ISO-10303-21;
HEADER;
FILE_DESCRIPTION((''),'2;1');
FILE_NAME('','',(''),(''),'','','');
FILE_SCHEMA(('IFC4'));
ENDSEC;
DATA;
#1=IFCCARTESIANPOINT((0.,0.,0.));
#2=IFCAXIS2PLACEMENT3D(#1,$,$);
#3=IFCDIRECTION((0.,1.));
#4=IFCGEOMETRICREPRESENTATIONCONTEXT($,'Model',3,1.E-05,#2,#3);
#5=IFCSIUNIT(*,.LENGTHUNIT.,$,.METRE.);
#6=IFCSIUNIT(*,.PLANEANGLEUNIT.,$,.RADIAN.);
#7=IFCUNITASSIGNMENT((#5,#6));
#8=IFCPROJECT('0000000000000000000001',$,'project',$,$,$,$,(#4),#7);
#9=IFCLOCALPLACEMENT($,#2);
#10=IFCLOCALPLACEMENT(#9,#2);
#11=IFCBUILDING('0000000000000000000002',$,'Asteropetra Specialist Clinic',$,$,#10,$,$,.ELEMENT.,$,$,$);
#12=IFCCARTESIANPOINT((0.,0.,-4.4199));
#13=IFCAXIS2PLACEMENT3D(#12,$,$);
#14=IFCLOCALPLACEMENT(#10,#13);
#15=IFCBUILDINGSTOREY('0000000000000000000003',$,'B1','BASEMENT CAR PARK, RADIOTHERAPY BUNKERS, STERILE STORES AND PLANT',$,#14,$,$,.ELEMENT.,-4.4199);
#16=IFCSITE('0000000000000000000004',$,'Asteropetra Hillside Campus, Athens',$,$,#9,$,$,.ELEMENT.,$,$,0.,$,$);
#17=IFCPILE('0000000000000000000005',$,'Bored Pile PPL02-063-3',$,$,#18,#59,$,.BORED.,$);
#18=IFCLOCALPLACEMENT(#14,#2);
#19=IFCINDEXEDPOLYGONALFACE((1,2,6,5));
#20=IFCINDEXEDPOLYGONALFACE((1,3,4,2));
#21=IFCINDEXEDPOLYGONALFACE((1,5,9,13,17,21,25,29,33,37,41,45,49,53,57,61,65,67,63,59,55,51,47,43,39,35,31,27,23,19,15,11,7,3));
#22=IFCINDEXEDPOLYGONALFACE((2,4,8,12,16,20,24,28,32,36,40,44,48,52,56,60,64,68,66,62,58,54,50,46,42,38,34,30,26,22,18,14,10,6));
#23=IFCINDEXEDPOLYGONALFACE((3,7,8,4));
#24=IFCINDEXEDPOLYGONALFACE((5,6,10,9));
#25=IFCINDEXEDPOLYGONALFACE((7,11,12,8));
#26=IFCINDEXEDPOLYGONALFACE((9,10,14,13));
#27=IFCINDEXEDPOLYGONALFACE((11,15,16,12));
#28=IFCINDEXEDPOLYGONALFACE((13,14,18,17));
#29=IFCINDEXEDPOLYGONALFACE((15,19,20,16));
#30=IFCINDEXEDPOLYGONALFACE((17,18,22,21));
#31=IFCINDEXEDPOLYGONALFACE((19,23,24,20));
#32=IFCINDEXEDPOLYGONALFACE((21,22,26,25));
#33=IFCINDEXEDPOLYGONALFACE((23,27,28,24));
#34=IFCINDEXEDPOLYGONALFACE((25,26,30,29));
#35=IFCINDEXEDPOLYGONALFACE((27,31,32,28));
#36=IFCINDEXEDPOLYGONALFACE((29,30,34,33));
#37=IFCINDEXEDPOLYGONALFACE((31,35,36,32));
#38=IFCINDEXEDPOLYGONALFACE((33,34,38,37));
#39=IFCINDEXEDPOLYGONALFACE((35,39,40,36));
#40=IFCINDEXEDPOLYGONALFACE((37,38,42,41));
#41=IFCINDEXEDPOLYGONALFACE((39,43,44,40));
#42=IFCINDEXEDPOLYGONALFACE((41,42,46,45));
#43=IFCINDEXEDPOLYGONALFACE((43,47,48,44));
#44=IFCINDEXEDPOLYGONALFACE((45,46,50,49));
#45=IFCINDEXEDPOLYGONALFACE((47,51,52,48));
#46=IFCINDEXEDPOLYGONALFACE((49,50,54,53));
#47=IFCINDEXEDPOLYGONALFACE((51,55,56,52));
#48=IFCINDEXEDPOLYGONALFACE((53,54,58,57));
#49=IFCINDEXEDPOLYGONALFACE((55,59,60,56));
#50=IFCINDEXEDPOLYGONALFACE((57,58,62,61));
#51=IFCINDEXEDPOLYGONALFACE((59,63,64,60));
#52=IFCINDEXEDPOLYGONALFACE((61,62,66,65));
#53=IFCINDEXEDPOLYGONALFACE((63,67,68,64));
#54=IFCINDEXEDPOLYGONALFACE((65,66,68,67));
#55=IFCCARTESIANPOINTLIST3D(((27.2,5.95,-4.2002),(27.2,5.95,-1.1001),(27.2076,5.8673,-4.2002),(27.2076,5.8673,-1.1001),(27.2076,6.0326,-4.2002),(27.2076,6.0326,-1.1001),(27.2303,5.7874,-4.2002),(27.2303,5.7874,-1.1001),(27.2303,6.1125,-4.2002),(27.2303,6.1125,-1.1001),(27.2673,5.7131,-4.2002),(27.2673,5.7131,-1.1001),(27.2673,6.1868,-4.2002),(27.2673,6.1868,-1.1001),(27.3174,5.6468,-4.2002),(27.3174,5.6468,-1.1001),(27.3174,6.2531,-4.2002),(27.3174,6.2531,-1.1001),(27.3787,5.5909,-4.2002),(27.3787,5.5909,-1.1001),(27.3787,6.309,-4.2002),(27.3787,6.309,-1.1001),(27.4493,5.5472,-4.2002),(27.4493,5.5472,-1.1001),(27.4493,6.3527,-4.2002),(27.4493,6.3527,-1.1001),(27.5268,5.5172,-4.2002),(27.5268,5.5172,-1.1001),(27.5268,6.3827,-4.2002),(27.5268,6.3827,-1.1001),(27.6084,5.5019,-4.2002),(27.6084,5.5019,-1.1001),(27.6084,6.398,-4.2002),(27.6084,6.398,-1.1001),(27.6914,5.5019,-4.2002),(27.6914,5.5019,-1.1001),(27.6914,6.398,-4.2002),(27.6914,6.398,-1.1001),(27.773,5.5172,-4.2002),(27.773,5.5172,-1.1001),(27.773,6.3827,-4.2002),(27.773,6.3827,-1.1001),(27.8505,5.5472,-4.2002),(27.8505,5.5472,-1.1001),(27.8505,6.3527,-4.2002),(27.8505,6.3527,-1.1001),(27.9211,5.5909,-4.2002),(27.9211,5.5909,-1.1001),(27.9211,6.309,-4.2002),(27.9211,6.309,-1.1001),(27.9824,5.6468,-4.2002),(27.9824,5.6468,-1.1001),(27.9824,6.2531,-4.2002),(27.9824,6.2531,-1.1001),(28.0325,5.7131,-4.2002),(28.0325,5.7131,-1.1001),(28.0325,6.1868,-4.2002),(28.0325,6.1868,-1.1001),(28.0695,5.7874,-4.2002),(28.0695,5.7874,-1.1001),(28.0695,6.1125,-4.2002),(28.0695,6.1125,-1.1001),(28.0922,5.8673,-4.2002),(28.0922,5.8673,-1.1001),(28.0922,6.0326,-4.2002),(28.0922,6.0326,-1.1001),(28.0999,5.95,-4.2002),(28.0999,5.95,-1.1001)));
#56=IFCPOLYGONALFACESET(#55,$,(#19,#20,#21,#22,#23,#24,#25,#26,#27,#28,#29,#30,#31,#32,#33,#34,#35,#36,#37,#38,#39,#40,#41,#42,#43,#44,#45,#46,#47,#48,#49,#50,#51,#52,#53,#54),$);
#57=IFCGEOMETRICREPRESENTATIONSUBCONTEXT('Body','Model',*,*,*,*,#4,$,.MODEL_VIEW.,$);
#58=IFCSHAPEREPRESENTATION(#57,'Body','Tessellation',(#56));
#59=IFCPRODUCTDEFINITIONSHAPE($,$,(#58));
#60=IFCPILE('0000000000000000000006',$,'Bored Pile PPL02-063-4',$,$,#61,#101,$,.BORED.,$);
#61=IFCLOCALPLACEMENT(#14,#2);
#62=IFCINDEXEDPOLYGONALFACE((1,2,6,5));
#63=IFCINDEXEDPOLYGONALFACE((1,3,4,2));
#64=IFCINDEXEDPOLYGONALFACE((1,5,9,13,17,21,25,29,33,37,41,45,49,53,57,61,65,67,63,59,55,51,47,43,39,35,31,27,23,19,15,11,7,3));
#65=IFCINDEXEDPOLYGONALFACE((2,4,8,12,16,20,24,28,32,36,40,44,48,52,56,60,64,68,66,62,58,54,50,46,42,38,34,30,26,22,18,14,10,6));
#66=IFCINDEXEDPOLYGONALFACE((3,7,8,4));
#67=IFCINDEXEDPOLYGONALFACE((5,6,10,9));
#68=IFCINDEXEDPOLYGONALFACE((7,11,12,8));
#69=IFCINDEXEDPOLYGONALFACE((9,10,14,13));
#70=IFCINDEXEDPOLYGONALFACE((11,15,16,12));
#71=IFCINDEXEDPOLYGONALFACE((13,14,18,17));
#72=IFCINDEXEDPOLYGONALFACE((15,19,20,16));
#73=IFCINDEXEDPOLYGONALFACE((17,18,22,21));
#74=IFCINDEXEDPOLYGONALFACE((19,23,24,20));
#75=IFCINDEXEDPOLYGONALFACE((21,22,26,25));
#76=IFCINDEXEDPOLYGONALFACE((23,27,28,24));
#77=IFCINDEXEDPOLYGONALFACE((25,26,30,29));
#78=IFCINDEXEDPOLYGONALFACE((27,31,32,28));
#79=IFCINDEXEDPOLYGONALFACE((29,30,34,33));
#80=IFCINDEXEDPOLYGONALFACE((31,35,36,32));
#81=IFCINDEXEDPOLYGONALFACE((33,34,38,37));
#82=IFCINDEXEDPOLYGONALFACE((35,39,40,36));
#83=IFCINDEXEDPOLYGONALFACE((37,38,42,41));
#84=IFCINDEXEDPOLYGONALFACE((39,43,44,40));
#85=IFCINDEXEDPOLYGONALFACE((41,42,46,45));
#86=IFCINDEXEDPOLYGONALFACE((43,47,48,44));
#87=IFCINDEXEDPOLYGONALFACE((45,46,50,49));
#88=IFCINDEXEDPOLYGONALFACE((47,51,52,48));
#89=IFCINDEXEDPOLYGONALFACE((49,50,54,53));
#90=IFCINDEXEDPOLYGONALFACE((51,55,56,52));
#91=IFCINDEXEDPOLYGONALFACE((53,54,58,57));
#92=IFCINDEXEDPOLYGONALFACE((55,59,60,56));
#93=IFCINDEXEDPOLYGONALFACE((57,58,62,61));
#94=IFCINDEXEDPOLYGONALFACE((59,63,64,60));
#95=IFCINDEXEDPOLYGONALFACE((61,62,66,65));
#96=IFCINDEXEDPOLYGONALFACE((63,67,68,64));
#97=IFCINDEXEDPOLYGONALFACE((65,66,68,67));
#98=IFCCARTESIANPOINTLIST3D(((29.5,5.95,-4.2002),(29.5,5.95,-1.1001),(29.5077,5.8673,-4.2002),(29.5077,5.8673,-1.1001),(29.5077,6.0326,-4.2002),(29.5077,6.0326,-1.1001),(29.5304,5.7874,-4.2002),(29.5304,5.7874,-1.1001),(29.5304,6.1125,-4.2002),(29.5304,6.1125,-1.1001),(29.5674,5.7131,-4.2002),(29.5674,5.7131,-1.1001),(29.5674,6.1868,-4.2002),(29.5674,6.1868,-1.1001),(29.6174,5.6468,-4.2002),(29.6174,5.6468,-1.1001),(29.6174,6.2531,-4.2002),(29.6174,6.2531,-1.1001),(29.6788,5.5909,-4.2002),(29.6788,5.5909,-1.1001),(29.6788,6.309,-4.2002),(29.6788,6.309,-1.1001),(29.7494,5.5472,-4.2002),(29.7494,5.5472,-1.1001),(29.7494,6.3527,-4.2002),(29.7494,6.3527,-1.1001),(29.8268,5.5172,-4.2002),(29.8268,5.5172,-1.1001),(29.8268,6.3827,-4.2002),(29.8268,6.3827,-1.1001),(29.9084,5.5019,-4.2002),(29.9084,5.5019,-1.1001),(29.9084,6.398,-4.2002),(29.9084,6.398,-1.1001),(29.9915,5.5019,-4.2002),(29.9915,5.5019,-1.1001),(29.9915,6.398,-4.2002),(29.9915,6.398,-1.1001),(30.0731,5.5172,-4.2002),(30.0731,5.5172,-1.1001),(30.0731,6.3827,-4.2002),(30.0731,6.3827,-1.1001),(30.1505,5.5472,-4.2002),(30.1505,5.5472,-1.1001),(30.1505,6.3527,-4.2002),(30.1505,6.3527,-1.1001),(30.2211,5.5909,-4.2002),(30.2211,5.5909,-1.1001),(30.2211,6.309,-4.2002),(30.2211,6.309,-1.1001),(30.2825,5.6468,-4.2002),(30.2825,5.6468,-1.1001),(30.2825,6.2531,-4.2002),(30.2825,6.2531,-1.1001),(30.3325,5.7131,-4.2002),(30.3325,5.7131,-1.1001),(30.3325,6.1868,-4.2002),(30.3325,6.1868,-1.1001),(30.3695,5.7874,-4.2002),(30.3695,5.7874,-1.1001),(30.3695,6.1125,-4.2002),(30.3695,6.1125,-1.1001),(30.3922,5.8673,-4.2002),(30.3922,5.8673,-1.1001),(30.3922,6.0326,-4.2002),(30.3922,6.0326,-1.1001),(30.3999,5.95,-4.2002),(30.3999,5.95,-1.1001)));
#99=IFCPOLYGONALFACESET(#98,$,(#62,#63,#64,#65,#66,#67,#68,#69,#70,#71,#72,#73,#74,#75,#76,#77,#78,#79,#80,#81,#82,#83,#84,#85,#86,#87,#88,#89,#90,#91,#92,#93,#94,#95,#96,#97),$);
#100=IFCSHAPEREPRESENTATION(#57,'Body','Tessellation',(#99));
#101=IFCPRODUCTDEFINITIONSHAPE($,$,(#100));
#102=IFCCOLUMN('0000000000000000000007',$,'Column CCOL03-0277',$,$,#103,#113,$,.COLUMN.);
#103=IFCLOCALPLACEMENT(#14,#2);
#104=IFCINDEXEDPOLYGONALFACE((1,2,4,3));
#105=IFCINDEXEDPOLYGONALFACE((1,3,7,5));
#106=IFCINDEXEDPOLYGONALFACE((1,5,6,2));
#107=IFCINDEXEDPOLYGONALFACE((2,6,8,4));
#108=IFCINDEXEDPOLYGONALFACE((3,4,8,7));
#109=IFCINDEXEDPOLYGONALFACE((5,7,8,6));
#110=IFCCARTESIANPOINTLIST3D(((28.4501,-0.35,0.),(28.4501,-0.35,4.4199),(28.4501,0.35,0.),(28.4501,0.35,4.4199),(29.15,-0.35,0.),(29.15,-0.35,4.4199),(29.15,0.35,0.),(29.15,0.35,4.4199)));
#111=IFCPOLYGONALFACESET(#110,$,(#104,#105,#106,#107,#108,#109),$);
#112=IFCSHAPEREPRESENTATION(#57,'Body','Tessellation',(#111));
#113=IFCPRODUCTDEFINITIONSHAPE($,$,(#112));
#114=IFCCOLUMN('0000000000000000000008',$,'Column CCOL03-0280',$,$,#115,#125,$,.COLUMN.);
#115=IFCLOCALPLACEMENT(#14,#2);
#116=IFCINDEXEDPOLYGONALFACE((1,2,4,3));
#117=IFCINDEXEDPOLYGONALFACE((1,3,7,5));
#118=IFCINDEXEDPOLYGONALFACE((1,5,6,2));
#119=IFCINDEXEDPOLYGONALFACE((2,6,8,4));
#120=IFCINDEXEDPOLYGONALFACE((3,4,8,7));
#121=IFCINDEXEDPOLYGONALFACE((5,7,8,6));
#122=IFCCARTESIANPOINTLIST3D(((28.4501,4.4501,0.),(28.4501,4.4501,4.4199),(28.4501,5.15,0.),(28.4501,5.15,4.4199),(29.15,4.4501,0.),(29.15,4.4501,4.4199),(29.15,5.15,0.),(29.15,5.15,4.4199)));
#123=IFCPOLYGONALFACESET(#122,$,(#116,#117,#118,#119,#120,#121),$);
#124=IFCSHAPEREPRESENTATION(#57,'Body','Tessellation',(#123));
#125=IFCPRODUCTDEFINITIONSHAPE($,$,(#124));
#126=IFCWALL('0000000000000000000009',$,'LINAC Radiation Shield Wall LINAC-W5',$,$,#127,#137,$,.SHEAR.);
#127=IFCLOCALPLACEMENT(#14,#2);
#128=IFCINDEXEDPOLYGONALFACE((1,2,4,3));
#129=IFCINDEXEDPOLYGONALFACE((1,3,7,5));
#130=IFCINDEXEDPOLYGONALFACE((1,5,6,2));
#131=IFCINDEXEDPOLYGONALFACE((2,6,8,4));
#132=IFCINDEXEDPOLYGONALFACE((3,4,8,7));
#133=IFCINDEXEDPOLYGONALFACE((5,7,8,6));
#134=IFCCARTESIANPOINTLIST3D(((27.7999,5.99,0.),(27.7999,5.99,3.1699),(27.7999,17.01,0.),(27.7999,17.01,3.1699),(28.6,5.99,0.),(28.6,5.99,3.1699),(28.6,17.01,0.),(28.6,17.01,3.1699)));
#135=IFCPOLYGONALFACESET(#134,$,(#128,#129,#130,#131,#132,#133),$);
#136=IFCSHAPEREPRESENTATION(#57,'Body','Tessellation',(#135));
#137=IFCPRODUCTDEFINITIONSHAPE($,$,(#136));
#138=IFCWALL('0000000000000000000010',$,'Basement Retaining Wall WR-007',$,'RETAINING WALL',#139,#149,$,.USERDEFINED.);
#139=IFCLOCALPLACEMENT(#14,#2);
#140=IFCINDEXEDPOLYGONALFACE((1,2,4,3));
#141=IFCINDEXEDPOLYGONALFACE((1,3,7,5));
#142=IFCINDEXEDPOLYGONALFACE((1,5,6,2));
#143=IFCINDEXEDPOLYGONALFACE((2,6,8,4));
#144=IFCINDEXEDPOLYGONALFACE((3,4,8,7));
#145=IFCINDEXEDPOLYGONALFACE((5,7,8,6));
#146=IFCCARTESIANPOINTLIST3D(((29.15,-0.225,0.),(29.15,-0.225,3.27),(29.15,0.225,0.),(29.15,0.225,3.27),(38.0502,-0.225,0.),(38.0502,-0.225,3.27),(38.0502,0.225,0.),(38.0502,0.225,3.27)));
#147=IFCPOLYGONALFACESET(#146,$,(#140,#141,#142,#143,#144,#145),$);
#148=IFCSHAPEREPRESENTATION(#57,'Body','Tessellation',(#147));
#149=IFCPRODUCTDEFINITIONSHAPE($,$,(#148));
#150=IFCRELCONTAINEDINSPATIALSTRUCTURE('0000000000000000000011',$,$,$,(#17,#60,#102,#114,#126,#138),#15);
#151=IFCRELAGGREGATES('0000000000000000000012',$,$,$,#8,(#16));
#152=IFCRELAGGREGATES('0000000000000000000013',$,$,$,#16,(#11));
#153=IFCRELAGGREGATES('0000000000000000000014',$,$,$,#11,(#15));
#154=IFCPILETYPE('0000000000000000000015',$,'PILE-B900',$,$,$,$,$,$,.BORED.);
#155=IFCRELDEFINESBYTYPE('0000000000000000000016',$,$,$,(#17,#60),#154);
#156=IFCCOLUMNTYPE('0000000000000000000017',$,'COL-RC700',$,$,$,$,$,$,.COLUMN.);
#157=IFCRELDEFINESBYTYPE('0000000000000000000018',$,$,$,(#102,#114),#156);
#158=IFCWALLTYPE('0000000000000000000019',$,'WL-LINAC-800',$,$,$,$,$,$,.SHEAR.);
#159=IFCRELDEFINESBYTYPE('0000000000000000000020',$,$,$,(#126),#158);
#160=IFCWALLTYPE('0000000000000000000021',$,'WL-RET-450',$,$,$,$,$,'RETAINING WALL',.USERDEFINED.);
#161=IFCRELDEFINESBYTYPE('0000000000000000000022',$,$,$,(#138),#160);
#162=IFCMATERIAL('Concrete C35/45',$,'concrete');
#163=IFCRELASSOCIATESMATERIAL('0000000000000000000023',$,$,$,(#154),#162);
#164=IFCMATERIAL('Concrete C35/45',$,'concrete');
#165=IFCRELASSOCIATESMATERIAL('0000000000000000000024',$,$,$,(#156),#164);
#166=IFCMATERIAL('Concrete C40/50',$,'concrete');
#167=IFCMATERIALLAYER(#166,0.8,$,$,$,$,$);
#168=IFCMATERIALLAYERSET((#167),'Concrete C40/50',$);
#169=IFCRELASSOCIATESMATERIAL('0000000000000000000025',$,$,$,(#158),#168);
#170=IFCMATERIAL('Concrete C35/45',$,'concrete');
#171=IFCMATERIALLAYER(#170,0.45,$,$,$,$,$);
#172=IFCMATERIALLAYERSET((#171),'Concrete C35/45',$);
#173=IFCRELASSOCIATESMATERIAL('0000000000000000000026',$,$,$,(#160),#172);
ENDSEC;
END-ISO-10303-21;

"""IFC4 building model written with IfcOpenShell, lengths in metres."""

from ifc_helpers import new_model, si_unit, direction, frame, frame_2d, origin, origin_2d, place, context, subcontext, project, spatial, rectangle, circle, extrude, material, layer, layer_set, material_profile, profile_set, type_object, element, save


model = new_model("IFC4")

# Units and contexts
model_context = context("Model", 3, precision=1e-05, world=origin(), true_north=direction((0.0, 1.0)))
body_context = subcontext(model_context, "Body", "Model", "MODEL_VIEW")
ifc_project = project(units=[si_unit("LENGTHUNIT", "METRE"), si_unit("PLANEANGLEUNIT", "RADIAN")], contexts=[model_context])

# Site, building, storey
site_placement = place(None, origin())
site = spatial("IfcSite", under=ifc_project, at=site_placement, Name="Asteropetra Hillside Campus, Athens", CompositionType="ELEMENT", RefElevation=0.0)
building_placement = place(site_placement, origin())
building = spatial("IfcBuilding", under=site, at=building_placement, Name="Asteropetra Specialist Clinic", CompositionType="ELEMENT")
storey_placement = place(building_placement, frame((0.0, 0.0, -4.4199)))
storey = spatial("IfcBuildingStorey", under=building, at=storey_placement, Name="B1", Description="BASEMENT CAR PARK, RADIOTHERAPY BUNKERS, STERILE STORES AND PLANT", CompositionType="ELEMENT", Elevation=-4.4199)

# Piles
ifc_material_1 = material(Name="Concrete C35/45", Category="concrete")
ifc_material_profile_1 = material_profile(ifc_material_1, circle(Radius=0.45, at=origin_2d()), Name="PILE D900")
ifc_profile_set_1 = profile_set([ifc_material_profile_1], Name="Concrete C35/45")
pile_type_1 = type_object("IfcPileType", Name="PILE-B900", PredefinedType="BORED", material=ifc_profile_set_1)
for number, where, z_axis, x_axis, name in (
    (1, (27.6499, 5.95, -1.1001), (0.0, 0.0, -1.0), (1.0, 0.0, 0.0), "Bored Pile PPL02-063-3"),
    (2, (29.95, 5.95, -1.1001), (0.0, 0.0, -1.0), (1.0, 0.0, 0.0), "Bored Pile PPL02-063-4"),
):
    element("IfcPile", number, at=place(storey_placement, frame(where, z_axis=z_axis, x_axis=x_axis)), inside=storey, type_object=pile_type_1, Name=name, PredefinedType="BORED", context=body_context, shape_type="SweptSolid", body=[
        extrude(circle(Radius=0.45, at=origin_2d()), origin(), (0.0, 0.0, 1.0), 3.1001),
    ])

# Columns
ifc_material_2 = material(Name="Concrete C35/45", Category="concrete")
ifc_material_profile_2 = material_profile(ifc_material_2, rectangle(XDim=0.7, YDim=0.7, at=origin_2d()), Name="RC 700x700")
ifc_profile_set_2 = profile_set([ifc_material_profile_2], Name="Concrete C35/45")
column_type = type_object("IfcColumnType", Name="COL-RC700", PredefinedType="COLUMN", material=ifc_profile_set_2)
for number, where, z_axis, x_axis, name in (
    (3, (28.8, 0.0, 0.0), (0.0, 0.0, 1.0), (1.0, 0.0, 0.0), "Column CCOL03-0277"),
    (4, (28.8, 4.8, 0.0), (0.0, 0.0, 1.0), (1.0, 0.0, 0.0), "Column CCOL03-0280"),
):
    element("IfcColumn", number, at=place(storey_placement, frame(where, z_axis=z_axis, x_axis=x_axis)), inside=storey, type_object=column_type, Name=name, PredefinedType="COLUMN", context=body_context, shape_type="SweptSolid", body=[
        extrude(rectangle(XDim=0.7, YDim=0.7, at=origin_2d()), origin(), (0.0, 0.0, 1.0), 4.4199),
    ])

# Walls
ifc_material_3 = material(Name="Concrete C40/50", Category="concrete")
ifc_layer_1 = layer(ifc_material_3, 0.8)
ifc_layer_set_1 = layer_set([ifc_layer_1], Name="Concrete C40/50")
wall_type_1 = type_object("IfcWallType", Name="WL-LINAC-800", PredefinedType="SHEAR", material=ifc_layer_set_1)
wall_1_placement = place(storey_placement, frame((28.2, 5.99, 0.0), z_axis=(0.0, 0.0, 1.0), x_axis=(0.0, 1.0, 0.0)))
element("IfcWall", 5, at=wall_1_placement, inside=storey, type_object=wall_type_1, Name="LINAC Radiation Shield Wall LINAC-W5", PredefinedType="SHEAR", context=body_context, shape_type="SweptSolid", body=[
    extrude(rectangle(XDim=11.02, YDim=0.8, at=frame_2d((5.51, 0.0))), origin(), (0.0, 0.0, 1.0), 3.1699),
])
ifc_material_4 = material(Name="Concrete C35/45", Category="concrete")
ifc_layer_2 = layer(ifc_material_4, 0.45)
ifc_layer_set_2 = layer_set([ifc_layer_2], Name="Concrete C35/45")
wall_type_2 = type_object("IfcWallType", Name="WL-RET-450", ElementType="RETAINING WALL", PredefinedType="USERDEFINED", material=ifc_layer_set_2)
wall_2_placement = place(storey_placement, frame((29.1499, 0.0, 0.0), z_axis=(0.0, 0.0, 1.0), x_axis=(1.0, 0.0, 0.0)))
element("IfcWall", 6, at=wall_2_placement, inside=storey, type_object=wall_type_2, Name="Basement Retaining Wall WR-007", ObjectType="RETAINING WALL", PredefinedType="USERDEFINED", context=body_context, shape_type="SweptSolid", body=[
    extrude(rectangle(XDim=8.9001, YDim=0.45, at=frame_2d((4.4502, 0.0))), origin(), (0.0, 0.0, 1.0), 3.27),
])

save(model, "model.ifc")
